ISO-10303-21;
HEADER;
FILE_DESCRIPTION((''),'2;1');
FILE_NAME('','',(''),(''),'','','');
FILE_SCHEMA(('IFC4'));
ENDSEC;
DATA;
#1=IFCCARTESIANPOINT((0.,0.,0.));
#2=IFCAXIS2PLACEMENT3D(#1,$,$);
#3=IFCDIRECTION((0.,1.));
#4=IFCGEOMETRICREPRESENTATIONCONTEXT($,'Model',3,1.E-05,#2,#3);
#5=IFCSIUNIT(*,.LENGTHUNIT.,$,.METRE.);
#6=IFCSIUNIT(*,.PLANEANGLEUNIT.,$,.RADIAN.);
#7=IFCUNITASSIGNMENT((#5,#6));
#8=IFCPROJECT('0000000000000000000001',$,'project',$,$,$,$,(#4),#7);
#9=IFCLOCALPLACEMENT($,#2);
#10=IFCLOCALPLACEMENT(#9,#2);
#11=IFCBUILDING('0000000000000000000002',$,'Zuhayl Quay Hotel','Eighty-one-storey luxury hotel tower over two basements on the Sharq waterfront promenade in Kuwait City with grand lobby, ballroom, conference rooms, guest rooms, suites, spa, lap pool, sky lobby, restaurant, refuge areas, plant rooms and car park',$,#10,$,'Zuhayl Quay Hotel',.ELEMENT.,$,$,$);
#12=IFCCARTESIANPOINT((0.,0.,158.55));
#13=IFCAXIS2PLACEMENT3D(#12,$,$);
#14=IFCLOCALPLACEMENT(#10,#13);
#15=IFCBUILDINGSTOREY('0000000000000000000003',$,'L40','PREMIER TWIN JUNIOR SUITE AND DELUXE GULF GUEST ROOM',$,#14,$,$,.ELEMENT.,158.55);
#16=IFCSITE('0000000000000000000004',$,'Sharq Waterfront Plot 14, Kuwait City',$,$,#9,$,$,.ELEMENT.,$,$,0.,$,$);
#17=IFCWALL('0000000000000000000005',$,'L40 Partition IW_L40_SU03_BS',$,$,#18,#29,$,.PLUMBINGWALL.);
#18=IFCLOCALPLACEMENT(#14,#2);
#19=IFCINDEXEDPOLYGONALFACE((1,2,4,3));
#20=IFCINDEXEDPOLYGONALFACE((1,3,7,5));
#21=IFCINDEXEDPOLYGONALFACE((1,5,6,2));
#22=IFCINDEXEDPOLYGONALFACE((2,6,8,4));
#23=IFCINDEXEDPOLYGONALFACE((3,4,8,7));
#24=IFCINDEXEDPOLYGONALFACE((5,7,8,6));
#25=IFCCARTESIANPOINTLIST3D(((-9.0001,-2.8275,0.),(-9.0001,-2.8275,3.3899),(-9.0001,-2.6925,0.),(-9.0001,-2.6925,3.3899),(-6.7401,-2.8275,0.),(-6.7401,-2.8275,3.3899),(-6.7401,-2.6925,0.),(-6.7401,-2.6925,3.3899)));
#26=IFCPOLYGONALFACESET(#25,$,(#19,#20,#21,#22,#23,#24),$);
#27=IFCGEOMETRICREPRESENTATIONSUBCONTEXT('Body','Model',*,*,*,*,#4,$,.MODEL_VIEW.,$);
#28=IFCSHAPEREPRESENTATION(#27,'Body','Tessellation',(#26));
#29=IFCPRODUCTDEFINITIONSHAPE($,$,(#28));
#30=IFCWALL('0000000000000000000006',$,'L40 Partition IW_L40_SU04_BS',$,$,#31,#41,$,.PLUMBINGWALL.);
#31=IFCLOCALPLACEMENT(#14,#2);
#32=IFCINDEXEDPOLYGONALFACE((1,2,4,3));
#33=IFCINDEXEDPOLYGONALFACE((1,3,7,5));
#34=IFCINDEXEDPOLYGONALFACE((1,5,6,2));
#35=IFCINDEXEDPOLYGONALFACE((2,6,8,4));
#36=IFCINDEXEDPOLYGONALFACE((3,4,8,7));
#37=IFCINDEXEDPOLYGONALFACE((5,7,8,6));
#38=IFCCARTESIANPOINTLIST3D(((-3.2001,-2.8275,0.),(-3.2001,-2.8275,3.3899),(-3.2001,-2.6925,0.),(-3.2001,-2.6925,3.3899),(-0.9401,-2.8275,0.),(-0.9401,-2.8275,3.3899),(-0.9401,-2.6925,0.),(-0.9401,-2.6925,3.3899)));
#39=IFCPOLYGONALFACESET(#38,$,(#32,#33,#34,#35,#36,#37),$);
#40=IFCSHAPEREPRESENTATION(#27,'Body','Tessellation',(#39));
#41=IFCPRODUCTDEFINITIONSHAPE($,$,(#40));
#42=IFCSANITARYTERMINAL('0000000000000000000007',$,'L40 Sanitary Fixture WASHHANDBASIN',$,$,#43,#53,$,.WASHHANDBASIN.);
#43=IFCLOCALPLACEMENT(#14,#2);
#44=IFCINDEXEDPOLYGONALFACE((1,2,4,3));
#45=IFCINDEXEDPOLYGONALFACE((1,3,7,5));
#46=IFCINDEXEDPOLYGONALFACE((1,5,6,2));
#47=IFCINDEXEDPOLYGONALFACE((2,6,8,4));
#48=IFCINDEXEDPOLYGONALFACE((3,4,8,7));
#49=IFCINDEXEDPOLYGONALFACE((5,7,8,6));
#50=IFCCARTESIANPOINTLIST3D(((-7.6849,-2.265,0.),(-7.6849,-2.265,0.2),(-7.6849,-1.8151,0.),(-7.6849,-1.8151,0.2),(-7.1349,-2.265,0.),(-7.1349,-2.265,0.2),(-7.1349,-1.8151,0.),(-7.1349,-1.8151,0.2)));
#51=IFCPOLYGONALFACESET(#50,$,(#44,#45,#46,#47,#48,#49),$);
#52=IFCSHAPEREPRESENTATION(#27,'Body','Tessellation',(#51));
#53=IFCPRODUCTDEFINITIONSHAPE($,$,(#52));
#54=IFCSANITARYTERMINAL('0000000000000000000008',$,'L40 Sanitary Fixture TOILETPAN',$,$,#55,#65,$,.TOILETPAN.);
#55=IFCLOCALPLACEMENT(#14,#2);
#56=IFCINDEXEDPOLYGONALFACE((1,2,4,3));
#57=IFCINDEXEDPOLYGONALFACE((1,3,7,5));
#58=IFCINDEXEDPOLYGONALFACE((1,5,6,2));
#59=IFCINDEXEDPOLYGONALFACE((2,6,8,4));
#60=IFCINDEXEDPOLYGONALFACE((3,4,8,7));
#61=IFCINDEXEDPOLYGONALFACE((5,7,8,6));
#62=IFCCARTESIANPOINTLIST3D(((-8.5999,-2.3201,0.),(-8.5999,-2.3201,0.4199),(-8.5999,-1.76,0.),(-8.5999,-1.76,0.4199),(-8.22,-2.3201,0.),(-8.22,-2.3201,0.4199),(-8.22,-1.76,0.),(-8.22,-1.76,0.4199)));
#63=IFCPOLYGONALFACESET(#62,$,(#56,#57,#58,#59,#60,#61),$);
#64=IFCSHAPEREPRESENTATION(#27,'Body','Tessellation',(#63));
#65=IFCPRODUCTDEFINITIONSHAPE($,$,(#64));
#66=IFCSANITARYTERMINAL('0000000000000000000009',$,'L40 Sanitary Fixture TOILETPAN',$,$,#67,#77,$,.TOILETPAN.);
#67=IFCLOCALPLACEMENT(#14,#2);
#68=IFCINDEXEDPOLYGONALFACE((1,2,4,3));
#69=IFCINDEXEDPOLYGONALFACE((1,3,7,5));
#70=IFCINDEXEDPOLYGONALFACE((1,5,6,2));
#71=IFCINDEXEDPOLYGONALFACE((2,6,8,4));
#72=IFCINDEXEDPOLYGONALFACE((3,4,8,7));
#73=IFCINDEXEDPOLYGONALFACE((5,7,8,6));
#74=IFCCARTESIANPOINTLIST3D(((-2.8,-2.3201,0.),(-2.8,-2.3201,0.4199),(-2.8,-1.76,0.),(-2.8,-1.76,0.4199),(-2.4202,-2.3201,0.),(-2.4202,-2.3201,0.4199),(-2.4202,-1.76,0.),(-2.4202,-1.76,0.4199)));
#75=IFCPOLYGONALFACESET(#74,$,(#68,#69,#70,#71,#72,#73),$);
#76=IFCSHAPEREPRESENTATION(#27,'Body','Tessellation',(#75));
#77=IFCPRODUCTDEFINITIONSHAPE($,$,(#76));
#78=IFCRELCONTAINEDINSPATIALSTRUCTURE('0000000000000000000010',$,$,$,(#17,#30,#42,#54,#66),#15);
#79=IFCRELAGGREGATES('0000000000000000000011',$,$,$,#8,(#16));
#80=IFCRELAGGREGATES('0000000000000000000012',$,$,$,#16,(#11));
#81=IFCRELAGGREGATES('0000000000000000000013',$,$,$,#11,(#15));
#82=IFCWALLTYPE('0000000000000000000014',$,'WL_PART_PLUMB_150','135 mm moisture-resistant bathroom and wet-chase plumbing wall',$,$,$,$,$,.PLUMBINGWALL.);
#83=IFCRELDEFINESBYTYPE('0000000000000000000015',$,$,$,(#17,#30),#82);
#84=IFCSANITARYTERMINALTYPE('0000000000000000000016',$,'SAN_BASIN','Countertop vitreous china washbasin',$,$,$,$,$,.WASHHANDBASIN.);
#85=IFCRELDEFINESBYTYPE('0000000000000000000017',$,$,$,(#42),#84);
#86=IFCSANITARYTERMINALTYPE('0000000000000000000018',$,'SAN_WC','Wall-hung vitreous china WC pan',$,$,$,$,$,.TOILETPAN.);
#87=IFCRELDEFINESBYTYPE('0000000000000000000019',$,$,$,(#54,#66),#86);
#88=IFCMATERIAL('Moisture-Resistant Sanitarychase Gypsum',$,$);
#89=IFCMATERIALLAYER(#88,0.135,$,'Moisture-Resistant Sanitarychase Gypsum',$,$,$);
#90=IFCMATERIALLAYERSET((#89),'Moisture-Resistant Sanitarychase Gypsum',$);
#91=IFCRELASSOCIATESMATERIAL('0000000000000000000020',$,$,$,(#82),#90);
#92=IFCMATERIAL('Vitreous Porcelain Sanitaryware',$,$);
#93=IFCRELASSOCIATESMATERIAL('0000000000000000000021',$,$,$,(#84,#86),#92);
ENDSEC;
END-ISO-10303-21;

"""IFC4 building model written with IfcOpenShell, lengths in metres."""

from ifc_helpers import new_model, si_unit, direction, frame, frame_2d, origin, origin_2d, place, context, subcontext, project, spatial, rectangle, extrude, material, layer, layer_set, type_object, element, save


model = new_model("IFC4")

# Units and contexts
model_context = context("Model", 3, precision=1e-05, world=origin(), true_north=direction((0.0, 1.0)))
body_context = subcontext(model_context, "Body", "Model", "MODEL_VIEW")
ifc_project = project(units=[si_unit("LENGTHUNIT", "METRE"), si_unit("PLANEANGLEUNIT", "RADIAN")], contexts=[model_context])

# Site, building, storey
site_placement = place(None, origin())
site = spatial("IfcSite", under=ifc_project, at=site_placement, Name="Sharq Waterfront Plot 14, Kuwait City", CompositionType="ELEMENT", RefElevation=0.0)
building_placement = place(site_placement, origin())
building = spatial("IfcBuilding", under=site, at=building_placement, Name="Zuhayl Quay Hotel", Description="Eighty-one-storey luxury hotel tower over two basements on the Sharq waterfront promenade in Kuwait City with grand lobby, ballroom, conference rooms, guest rooms, suites, spa, lap pool, sky lobby, restaurant, refuge areas, plant rooms and car park", LongName="Zuhayl Quay Hotel", CompositionType="ELEMENT")
storey_placement = place(building_placement, frame((0.0, 0.0, 158.55)))
storey = spatial("IfcBuildingStorey", under=building, at=storey_placement, Name="L40", Description="PREMIER TWIN JUNIOR SUITE AND DELUXE GULF GUEST ROOM", CompositionType="ELEMENT", Elevation=158.55)

# Shared definitions
ifc_material_1 = material(Name="Moisture-Resistant Sanitarychase Gypsum")
ifc_layer_1 = layer(ifc_material_1, 0.135, Name="Moisture-Resistant Sanitarychase Gypsum")
ifc_layer_set_1 = layer_set([ifc_layer_1], Name="Moisture-Resistant Sanitarychase Gypsum")
wall_type_1 = type_object("IfcWallType", Name="WL_PART_PLUMB_150", Description="135 mm moisture-resistant bathroom and wet-chase plumbing wall", PredefinedType="PLUMBINGWALL", material=ifc_layer_set_1)

# Walls
for number, where, z_axis, x_axis, name in (
    (1, (-9.0, -2.76, 0.0), (0.0, 0.0, 1.0), (1.0, 0.0, 0.0), "L40 Partition IW_L40_SU03_BS"),
    (2, (-3.2, -2.76, 0.0), (0.0, 0.0, 1.0), (1.0, 0.0, 0.0), "L40 Partition IW_L40_SU04_BS"),
):
    element("IfcWall", number, at=place(storey_placement, frame(where, z_axis=z_axis, x_axis=x_axis)), inside=storey, type_object=wall_type_1, Name=name, PredefinedType="PLUMBINGWALL", context=body_context, shape_type="SweptSolid", body=[
        extrude(rectangle(XDim=2.26, YDim=0.135, at=frame_2d((1.1299, 0.0))), origin(), (0.0, 0.0, 1.0), 3.3899),
    ])

# Sanitary terminals
ifc_material_2 = material(Name="Vitreous Porcelain Sanitaryware")
sanitary_terminal_type_1 = type_object("IfcSanitaryTerminalType", Name="SAN_BASIN", Description="Countertop vitreous china washbasin", PredefinedType="WASHHANDBASIN", material=ifc_material_2)
sanitary_terminal_placement = place(storey_placement, frame((-7.4099, -2.04, 0.0), z_axis=(0.0, 0.0, 1.0), x_axis=(1.0, 0.0, 0.0)))
element("IfcSanitaryTerminal", 3, at=sanitary_terminal_placement, inside=storey, type_object=sanitary_terminal_type_1, Name="L40 Sanitary Fixture WASHHANDBASIN", PredefinedType="WASHHANDBASIN", context=body_context, shape_type="SweptSolid", body=[
    extrude(rectangle(XDim=0.55, YDim=0.45, at=origin_2d()), origin(), (0.0, 0.0, 1.0), 0.2),
])
sanitary_terminal_type_2 = type_object("IfcSanitaryTerminalType", Name="SAN_WC", Description="Wall-hung vitreous china WC pan", PredefinedType="TOILETPAN", material=ifc_material_2)
for number, where, z_axis, x_axis, name in (
    (4, (-8.4099, -2.04, 0.0), (0.0, 0.0, 1.0), (1.0, 0.0, 0.0), "L40 Sanitary Fixture TOILETPAN"),
    (5, (-2.6101, -2.04, 0.0), (0.0, 0.0, 1.0), (1.0, 0.0, 0.0), "L40 Sanitary Fixture TOILETPAN"),
):
    element("IfcSanitaryTerminal", number, at=place(storey_placement, frame(where, z_axis=z_axis, x_axis=x_axis)), inside=storey, type_object=sanitary_terminal_type_2, Name=name, PredefinedType="TOILETPAN", context=body_context, shape_type="SweptSolid", body=[
        extrude(rectangle(XDim=0.3799, YDim=0.5601, at=origin_2d()), origin(), (0.0, 0.0, 1.0), 0.4199),
    ])

save(model, "model.ifc")
